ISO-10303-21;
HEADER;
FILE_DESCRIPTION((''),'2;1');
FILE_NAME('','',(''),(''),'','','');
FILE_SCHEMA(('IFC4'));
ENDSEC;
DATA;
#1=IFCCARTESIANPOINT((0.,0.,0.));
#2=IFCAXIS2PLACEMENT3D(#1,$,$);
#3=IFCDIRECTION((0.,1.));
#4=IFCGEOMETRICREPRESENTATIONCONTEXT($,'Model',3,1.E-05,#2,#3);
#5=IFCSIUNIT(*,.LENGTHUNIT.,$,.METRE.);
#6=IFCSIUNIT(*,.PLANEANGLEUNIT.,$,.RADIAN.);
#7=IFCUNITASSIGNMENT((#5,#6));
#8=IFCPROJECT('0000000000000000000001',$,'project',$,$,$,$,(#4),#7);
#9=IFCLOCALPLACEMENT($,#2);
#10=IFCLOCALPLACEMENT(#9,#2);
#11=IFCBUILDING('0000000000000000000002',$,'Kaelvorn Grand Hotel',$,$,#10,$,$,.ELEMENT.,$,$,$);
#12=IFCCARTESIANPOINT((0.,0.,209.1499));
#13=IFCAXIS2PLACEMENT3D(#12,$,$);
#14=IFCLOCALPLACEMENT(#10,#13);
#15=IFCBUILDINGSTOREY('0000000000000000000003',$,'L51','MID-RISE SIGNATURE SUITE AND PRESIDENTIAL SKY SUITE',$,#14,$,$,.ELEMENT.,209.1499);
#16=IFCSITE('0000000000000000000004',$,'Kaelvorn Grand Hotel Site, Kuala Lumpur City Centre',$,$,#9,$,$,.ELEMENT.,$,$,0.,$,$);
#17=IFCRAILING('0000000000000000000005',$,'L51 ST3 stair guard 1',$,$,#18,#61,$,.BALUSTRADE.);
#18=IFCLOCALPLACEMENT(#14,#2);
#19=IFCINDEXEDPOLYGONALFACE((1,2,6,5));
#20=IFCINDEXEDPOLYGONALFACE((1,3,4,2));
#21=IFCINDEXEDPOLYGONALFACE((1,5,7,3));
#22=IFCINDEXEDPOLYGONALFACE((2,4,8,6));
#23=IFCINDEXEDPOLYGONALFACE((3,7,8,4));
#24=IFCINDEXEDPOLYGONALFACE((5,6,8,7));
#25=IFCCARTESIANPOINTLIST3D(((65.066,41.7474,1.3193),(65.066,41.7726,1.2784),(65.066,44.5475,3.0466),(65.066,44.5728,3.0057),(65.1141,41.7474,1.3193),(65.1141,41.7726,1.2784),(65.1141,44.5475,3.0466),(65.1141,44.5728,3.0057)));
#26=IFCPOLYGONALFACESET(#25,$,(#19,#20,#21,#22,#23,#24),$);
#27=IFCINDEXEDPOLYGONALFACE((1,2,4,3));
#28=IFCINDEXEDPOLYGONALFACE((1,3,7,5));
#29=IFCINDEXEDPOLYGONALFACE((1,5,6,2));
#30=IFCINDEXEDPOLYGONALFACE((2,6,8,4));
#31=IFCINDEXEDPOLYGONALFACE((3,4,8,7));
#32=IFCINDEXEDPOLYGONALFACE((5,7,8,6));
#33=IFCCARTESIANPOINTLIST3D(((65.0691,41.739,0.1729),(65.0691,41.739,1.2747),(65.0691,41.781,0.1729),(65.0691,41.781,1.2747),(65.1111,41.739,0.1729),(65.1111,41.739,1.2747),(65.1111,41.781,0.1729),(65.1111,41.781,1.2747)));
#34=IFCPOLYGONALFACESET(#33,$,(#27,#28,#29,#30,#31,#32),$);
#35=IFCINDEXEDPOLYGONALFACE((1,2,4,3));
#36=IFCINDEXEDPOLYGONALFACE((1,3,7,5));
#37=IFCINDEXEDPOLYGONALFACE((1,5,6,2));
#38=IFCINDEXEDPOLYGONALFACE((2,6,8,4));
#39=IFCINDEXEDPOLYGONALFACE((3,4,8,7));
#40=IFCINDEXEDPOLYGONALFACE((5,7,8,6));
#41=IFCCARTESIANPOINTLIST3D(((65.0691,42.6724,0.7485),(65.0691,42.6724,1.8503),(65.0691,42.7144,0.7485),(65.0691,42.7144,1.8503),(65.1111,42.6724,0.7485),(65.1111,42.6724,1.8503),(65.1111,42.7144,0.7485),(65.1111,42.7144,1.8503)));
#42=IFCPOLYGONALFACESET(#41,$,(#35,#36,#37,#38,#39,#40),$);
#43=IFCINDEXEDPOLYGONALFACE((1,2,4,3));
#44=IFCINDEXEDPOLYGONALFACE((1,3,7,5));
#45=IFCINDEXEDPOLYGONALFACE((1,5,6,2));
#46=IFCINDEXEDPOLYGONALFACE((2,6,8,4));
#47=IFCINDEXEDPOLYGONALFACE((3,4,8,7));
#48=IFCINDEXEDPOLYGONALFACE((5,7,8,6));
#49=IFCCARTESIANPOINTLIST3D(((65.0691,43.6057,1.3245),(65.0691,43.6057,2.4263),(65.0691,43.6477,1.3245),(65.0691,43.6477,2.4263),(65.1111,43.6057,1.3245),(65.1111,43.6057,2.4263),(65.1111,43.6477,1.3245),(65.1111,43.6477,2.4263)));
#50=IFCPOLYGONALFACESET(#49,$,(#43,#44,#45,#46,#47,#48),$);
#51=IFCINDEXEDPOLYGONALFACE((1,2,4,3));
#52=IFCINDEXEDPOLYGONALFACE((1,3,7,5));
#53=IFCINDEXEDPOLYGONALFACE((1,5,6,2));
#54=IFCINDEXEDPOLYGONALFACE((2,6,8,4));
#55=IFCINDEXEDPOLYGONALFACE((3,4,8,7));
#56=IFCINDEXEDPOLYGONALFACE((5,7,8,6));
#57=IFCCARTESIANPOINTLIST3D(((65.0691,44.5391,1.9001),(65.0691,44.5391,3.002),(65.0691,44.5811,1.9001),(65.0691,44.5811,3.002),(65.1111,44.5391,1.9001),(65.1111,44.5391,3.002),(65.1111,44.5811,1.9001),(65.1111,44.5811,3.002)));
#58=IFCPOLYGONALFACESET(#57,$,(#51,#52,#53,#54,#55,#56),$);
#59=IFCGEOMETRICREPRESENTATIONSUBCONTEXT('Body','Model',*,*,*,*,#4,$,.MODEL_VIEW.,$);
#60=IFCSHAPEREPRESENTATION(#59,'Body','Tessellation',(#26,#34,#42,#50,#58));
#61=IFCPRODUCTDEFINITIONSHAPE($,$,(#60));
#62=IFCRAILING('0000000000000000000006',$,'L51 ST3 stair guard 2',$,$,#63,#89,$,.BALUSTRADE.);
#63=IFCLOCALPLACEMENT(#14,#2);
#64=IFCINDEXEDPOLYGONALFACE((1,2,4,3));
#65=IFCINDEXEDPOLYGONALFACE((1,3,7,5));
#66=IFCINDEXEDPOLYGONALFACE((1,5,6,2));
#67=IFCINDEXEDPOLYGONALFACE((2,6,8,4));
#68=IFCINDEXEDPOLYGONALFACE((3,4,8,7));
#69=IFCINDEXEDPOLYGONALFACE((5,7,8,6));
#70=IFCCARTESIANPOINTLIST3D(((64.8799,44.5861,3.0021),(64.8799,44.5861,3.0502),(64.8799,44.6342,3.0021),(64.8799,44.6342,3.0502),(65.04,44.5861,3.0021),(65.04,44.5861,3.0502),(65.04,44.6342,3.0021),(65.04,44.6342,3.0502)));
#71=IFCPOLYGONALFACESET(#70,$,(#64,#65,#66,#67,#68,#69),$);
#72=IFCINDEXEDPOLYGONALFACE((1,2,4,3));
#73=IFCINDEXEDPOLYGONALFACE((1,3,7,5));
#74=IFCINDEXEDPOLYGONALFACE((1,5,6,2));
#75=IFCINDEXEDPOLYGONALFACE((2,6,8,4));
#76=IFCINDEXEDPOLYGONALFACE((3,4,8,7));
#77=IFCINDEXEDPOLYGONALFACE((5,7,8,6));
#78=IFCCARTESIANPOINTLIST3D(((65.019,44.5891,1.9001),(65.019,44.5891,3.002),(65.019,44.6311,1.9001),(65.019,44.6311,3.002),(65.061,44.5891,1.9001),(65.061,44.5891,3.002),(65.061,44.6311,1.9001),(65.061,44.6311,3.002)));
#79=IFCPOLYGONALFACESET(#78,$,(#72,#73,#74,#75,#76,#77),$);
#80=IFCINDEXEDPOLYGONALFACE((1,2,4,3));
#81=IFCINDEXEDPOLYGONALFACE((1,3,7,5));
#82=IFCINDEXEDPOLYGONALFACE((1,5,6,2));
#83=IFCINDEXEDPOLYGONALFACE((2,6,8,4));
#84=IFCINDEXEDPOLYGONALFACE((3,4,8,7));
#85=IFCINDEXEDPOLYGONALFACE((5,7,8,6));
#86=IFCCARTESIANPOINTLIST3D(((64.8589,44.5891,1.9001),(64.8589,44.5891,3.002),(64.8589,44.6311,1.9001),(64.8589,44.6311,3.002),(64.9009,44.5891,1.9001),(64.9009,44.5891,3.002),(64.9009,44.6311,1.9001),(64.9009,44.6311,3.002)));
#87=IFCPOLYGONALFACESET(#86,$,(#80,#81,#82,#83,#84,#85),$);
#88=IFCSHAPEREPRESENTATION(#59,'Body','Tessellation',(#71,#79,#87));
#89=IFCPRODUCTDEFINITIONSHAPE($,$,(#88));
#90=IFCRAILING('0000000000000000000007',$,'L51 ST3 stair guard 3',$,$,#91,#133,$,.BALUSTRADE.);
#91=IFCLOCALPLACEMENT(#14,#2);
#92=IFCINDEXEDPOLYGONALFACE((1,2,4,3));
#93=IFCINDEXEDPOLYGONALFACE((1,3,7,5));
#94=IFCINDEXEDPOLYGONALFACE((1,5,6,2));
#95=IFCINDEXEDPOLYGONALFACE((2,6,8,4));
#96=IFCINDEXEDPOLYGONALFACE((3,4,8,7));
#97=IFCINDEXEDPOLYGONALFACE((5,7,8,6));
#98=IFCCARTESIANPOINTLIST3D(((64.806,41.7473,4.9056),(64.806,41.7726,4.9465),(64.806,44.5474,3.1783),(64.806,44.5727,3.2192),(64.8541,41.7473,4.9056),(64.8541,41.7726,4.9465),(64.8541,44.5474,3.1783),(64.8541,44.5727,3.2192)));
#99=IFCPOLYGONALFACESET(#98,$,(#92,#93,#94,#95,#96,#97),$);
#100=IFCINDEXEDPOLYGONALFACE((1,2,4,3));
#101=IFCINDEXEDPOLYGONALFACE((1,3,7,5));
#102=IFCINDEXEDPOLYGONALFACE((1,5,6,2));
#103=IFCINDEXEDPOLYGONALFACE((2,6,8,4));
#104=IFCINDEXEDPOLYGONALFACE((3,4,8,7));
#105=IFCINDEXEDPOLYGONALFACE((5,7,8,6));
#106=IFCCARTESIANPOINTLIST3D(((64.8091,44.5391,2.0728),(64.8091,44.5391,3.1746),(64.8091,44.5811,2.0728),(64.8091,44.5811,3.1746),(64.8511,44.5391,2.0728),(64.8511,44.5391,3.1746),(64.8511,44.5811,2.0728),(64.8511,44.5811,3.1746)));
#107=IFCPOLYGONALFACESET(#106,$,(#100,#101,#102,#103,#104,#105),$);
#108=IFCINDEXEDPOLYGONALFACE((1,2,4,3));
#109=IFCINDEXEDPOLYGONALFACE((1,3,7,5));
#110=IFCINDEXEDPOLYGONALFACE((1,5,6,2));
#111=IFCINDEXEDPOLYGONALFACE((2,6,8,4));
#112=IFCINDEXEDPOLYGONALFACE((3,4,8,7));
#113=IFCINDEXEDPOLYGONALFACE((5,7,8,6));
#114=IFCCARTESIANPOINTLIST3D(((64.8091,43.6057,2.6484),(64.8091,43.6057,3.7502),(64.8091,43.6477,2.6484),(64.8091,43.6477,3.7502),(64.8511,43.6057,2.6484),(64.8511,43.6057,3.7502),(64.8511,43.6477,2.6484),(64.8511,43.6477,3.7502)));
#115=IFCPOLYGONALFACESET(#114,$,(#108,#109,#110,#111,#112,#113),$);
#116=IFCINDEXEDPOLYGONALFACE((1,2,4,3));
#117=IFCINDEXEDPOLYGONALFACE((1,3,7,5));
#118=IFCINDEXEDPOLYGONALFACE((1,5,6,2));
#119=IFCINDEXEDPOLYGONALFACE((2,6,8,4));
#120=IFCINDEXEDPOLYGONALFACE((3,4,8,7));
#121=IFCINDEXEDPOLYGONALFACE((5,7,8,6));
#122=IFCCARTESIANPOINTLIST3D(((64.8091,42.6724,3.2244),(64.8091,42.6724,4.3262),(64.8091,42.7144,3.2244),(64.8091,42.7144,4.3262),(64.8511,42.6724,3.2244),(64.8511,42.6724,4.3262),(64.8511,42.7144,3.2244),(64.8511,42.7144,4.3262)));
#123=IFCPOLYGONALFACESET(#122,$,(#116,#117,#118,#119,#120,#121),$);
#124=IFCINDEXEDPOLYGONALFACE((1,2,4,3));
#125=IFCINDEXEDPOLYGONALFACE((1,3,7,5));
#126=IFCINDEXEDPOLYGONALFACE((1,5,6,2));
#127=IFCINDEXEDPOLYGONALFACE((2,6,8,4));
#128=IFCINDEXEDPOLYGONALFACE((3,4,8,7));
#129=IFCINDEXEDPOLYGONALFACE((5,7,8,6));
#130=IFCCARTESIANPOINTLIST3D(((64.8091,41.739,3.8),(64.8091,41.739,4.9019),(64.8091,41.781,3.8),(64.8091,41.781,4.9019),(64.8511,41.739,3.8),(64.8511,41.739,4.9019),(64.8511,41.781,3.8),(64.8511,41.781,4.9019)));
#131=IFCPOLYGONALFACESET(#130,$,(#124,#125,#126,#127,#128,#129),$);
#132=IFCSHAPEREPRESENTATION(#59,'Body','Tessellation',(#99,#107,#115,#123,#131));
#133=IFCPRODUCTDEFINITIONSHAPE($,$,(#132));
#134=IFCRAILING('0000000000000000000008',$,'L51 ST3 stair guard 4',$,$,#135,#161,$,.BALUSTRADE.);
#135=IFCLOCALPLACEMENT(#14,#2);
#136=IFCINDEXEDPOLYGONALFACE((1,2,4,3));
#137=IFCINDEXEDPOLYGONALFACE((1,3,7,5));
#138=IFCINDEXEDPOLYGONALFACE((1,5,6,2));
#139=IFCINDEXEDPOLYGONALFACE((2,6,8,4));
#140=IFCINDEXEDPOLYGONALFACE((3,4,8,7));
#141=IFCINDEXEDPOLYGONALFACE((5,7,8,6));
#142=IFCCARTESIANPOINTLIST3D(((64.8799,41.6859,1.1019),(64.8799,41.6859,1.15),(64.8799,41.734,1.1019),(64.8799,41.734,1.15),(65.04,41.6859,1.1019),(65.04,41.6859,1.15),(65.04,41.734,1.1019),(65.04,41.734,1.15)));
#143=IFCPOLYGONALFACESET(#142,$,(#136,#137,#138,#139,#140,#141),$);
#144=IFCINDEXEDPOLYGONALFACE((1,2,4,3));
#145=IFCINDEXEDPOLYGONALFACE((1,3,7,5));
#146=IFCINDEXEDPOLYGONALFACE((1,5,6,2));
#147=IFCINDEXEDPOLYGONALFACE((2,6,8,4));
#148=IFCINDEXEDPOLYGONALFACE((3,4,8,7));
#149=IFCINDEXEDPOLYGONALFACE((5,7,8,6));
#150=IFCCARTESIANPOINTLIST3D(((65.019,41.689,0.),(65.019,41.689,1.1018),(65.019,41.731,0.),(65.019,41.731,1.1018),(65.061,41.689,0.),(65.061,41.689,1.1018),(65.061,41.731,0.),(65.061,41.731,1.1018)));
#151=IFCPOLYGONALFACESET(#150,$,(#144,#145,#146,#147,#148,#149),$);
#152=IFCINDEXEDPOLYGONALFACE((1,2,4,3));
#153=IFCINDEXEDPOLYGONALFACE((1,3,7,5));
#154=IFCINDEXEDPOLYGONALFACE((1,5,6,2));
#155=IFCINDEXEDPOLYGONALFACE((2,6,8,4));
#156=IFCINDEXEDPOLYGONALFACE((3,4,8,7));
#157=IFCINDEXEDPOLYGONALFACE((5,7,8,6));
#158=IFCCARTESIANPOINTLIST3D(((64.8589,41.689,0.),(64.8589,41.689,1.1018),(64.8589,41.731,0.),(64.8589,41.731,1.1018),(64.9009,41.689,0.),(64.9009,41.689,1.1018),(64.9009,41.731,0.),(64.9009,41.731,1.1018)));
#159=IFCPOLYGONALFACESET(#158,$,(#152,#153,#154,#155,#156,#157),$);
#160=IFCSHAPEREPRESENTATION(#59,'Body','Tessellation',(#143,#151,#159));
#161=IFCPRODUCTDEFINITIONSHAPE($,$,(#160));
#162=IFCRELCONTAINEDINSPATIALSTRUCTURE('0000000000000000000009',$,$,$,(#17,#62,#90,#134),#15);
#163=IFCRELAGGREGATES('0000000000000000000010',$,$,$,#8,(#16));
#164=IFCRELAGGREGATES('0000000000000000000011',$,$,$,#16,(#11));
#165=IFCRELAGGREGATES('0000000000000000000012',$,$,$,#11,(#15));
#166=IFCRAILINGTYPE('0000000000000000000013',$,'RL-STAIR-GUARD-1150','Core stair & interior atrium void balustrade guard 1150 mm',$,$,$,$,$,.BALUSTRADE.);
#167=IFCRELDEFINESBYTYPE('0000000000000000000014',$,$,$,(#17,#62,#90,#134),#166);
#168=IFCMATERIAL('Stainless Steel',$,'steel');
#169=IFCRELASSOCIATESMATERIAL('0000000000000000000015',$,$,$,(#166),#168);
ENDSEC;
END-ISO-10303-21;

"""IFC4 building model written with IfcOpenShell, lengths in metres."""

from ifc_helpers import new_model, si_unit, direction, frame, origin, origin_2d, place, context, subcontext, project, spatial, rectangle, extrude, material, type_object, element, save


model = new_model("IFC4")

# Units and contexts
model_context = context("Model", 3, precision=1e-05, world=origin(), true_north=direction((0.0, 1.0)))
body_context = subcontext(model_context, "Body", "Model", "MODEL_VIEW")
ifc_project = project(units=[si_unit("LENGTHUNIT", "METRE"), si_unit("PLANEANGLEUNIT", "RADIAN")], contexts=[model_context])

# Site, building, storey
site_placement = place(None, origin())
site = spatial("IfcSite", under=ifc_project, at=site_placement, Name="Kaelvorn Grand Hotel Site, Kuala Lumpur City Centre", CompositionType="ELEMENT", RefElevation=0.0)
building_placement = place(site_placement, origin())
building = spatial("IfcBuilding", under=site, at=building_placement, Name="Kaelvorn Grand Hotel", CompositionType="ELEMENT")
storey_placement = place(building_placement, frame((0.0, 0.0, 209.1499)))
storey = spatial("IfcBuildingStorey", under=building, at=storey_placement, Name="L51", Description="MID-RISE SIGNATURE SUITE AND PRESIDENTIAL SKY SUITE", CompositionType="ELEMENT", Elevation=209.1499)

# Shared definitions
ifc_material_1 = material(Name="Stainless Steel", Category="steel")

# Railings
railing_type_1 = type_object("IfcRailingType", Name="RL-STAIR-GUARD-1150", Description="Core stair & interior atrium void balustrade guard 1150 mm", PredefinedType="BALUSTRADE", material=ifc_material_1)
railing_1_placement = place(storey_placement, frame((65.0901, 41.76, 0.1729)))
element("IfcRailing", 1, at=railing_1_placement, inside=storey, type_object=railing_type_1, Name="L51 ST3 stair guard 1", PredefinedType="BALUSTRADE", context=body_context, shape_type="SweptSolid", body=[
    extrude(rectangle(XDim=0.0481, YDim=0.0481, at=origin_2d()), frame((0.0, 0.0, 1.126), z_axis=(0.0, 0.85109, 0.52502), x_axis=(-1.0, 0.0, 0.0)), (0.0, 0.0, 1.0), 3.29),
    extrude(rectangle(XDim=0.042, YDim=0.042, at=origin_2d()), origin(), (0.0, 0.0, 1.0), 1.1018),
    extrude(rectangle(XDim=0.042, YDim=0.042, at=origin_2d()), frame((0.0, 0.9333, 0.5757)), (0.0, 0.0, 1.0), 1.1018),
    extrude(rectangle(XDim=0.042, YDim=0.042, at=origin_2d()), frame((0.0, 1.8667, 1.1516)), (0.0, 0.0, 1.0), 1.1018),
    extrude(rectangle(XDim=0.042, YDim=0.042, at=origin_2d()), frame((0.0, 2.8, 1.7273)), (0.0, 0.0, 1.0), 1.1018),
])
railing_2_placement = place(storey_placement, frame((65.04, 44.6101, 1.9001)))
element("IfcRailing", 2, at=railing_2_placement, inside=storey, type_object=railing_type_1, Name="L51 ST3 stair guard 2", PredefinedType="BALUSTRADE", context=body_context, shape_type="SweptSolid", body=[
    extrude(rectangle(XDim=0.0481, YDim=0.0481, at=origin_2d()), frame((0.0, 0.0, 1.126), z_axis=(-1.0, 0.0, 0.0), x_axis=(0.0, -1.0, 0.0)), (0.0, 0.0, 1.0), 0.1602),
    extrude(rectangle(XDim=0.042, YDim=0.042, at=origin_2d()), origin(), (0.0, 0.0, 1.0), 1.1018),
    extrude(rectangle(XDim=0.042, YDim=0.042, at=origin_2d()), frame((-0.1602, 0.0, 0.0)), (0.0, 0.0, 1.0), 1.1018),
])
railing_3_placement = place(storey_placement, frame((64.8301, 44.5601, 2.0728)))
element("IfcRailing", 3, at=railing_3_placement, inside=storey, type_object=railing_type_1, Name="L51 ST3 stair guard 3", PredefinedType="BALUSTRADE", context=body_context, shape_type="SweptSolid", body=[
    extrude(rectangle(XDim=0.0481, YDim=0.0481, at=origin_2d()), frame((0.0, 0.0, 1.126), z_axis=(0.0, -0.85109, 0.52502), x_axis=(1.0, 0.0, 0.0)), (0.0, 0.0, 1.0), 3.29),
    extrude(rectangle(XDim=0.042, YDim=0.042, at=origin_2d()), origin(), (0.0, 0.0, 1.0), 1.1018),
    extrude(rectangle(XDim=0.042, YDim=0.042, at=origin_2d()), frame((0.0, -0.9333, 0.5757)), (0.0, 0.0, 1.0), 1.1018),
    extrude(rectangle(XDim=0.042, YDim=0.042, at=origin_2d()), frame((0.0, -1.8667, 1.1516)), (0.0, 0.0, 1.0), 1.1018),
    extrude(rectangle(XDim=0.042, YDim=0.042, at=origin_2d()), frame((0.0, -2.8, 1.7273)), (0.0, 0.0, 1.0), 1.1018),
])
railing_4_placement = place(storey_placement, frame((65.04, 41.71, 0.0)))
element("IfcRailing", 4, at=railing_4_placement, inside=storey, type_object=railing_type_1, Name="L51 ST3 stair guard 4", PredefinedType="BALUSTRADE", context=body_context, shape_type="SweptSolid", body=[
    extrude(rectangle(XDim=0.0481, YDim=0.0481, at=origin_2d()), frame((0.0, 0.0, 1.126), z_axis=(-1.0, 0.0, 0.0), x_axis=(0.0, -1.0, 0.0)), (0.0, 0.0, 1.0), 0.1602),
    extrude(rectangle(XDim=0.042, YDim=0.042, at=origin_2d()), origin(), (0.0, 0.0, 1.0), 1.1018),
    extrude(rectangle(XDim=0.042, YDim=0.042, at=origin_2d()), frame((-0.1602, 0.0, 0.0)), (0.0, 0.0, 1.0), 1.1018),
])

save(model, "model.ifc")
